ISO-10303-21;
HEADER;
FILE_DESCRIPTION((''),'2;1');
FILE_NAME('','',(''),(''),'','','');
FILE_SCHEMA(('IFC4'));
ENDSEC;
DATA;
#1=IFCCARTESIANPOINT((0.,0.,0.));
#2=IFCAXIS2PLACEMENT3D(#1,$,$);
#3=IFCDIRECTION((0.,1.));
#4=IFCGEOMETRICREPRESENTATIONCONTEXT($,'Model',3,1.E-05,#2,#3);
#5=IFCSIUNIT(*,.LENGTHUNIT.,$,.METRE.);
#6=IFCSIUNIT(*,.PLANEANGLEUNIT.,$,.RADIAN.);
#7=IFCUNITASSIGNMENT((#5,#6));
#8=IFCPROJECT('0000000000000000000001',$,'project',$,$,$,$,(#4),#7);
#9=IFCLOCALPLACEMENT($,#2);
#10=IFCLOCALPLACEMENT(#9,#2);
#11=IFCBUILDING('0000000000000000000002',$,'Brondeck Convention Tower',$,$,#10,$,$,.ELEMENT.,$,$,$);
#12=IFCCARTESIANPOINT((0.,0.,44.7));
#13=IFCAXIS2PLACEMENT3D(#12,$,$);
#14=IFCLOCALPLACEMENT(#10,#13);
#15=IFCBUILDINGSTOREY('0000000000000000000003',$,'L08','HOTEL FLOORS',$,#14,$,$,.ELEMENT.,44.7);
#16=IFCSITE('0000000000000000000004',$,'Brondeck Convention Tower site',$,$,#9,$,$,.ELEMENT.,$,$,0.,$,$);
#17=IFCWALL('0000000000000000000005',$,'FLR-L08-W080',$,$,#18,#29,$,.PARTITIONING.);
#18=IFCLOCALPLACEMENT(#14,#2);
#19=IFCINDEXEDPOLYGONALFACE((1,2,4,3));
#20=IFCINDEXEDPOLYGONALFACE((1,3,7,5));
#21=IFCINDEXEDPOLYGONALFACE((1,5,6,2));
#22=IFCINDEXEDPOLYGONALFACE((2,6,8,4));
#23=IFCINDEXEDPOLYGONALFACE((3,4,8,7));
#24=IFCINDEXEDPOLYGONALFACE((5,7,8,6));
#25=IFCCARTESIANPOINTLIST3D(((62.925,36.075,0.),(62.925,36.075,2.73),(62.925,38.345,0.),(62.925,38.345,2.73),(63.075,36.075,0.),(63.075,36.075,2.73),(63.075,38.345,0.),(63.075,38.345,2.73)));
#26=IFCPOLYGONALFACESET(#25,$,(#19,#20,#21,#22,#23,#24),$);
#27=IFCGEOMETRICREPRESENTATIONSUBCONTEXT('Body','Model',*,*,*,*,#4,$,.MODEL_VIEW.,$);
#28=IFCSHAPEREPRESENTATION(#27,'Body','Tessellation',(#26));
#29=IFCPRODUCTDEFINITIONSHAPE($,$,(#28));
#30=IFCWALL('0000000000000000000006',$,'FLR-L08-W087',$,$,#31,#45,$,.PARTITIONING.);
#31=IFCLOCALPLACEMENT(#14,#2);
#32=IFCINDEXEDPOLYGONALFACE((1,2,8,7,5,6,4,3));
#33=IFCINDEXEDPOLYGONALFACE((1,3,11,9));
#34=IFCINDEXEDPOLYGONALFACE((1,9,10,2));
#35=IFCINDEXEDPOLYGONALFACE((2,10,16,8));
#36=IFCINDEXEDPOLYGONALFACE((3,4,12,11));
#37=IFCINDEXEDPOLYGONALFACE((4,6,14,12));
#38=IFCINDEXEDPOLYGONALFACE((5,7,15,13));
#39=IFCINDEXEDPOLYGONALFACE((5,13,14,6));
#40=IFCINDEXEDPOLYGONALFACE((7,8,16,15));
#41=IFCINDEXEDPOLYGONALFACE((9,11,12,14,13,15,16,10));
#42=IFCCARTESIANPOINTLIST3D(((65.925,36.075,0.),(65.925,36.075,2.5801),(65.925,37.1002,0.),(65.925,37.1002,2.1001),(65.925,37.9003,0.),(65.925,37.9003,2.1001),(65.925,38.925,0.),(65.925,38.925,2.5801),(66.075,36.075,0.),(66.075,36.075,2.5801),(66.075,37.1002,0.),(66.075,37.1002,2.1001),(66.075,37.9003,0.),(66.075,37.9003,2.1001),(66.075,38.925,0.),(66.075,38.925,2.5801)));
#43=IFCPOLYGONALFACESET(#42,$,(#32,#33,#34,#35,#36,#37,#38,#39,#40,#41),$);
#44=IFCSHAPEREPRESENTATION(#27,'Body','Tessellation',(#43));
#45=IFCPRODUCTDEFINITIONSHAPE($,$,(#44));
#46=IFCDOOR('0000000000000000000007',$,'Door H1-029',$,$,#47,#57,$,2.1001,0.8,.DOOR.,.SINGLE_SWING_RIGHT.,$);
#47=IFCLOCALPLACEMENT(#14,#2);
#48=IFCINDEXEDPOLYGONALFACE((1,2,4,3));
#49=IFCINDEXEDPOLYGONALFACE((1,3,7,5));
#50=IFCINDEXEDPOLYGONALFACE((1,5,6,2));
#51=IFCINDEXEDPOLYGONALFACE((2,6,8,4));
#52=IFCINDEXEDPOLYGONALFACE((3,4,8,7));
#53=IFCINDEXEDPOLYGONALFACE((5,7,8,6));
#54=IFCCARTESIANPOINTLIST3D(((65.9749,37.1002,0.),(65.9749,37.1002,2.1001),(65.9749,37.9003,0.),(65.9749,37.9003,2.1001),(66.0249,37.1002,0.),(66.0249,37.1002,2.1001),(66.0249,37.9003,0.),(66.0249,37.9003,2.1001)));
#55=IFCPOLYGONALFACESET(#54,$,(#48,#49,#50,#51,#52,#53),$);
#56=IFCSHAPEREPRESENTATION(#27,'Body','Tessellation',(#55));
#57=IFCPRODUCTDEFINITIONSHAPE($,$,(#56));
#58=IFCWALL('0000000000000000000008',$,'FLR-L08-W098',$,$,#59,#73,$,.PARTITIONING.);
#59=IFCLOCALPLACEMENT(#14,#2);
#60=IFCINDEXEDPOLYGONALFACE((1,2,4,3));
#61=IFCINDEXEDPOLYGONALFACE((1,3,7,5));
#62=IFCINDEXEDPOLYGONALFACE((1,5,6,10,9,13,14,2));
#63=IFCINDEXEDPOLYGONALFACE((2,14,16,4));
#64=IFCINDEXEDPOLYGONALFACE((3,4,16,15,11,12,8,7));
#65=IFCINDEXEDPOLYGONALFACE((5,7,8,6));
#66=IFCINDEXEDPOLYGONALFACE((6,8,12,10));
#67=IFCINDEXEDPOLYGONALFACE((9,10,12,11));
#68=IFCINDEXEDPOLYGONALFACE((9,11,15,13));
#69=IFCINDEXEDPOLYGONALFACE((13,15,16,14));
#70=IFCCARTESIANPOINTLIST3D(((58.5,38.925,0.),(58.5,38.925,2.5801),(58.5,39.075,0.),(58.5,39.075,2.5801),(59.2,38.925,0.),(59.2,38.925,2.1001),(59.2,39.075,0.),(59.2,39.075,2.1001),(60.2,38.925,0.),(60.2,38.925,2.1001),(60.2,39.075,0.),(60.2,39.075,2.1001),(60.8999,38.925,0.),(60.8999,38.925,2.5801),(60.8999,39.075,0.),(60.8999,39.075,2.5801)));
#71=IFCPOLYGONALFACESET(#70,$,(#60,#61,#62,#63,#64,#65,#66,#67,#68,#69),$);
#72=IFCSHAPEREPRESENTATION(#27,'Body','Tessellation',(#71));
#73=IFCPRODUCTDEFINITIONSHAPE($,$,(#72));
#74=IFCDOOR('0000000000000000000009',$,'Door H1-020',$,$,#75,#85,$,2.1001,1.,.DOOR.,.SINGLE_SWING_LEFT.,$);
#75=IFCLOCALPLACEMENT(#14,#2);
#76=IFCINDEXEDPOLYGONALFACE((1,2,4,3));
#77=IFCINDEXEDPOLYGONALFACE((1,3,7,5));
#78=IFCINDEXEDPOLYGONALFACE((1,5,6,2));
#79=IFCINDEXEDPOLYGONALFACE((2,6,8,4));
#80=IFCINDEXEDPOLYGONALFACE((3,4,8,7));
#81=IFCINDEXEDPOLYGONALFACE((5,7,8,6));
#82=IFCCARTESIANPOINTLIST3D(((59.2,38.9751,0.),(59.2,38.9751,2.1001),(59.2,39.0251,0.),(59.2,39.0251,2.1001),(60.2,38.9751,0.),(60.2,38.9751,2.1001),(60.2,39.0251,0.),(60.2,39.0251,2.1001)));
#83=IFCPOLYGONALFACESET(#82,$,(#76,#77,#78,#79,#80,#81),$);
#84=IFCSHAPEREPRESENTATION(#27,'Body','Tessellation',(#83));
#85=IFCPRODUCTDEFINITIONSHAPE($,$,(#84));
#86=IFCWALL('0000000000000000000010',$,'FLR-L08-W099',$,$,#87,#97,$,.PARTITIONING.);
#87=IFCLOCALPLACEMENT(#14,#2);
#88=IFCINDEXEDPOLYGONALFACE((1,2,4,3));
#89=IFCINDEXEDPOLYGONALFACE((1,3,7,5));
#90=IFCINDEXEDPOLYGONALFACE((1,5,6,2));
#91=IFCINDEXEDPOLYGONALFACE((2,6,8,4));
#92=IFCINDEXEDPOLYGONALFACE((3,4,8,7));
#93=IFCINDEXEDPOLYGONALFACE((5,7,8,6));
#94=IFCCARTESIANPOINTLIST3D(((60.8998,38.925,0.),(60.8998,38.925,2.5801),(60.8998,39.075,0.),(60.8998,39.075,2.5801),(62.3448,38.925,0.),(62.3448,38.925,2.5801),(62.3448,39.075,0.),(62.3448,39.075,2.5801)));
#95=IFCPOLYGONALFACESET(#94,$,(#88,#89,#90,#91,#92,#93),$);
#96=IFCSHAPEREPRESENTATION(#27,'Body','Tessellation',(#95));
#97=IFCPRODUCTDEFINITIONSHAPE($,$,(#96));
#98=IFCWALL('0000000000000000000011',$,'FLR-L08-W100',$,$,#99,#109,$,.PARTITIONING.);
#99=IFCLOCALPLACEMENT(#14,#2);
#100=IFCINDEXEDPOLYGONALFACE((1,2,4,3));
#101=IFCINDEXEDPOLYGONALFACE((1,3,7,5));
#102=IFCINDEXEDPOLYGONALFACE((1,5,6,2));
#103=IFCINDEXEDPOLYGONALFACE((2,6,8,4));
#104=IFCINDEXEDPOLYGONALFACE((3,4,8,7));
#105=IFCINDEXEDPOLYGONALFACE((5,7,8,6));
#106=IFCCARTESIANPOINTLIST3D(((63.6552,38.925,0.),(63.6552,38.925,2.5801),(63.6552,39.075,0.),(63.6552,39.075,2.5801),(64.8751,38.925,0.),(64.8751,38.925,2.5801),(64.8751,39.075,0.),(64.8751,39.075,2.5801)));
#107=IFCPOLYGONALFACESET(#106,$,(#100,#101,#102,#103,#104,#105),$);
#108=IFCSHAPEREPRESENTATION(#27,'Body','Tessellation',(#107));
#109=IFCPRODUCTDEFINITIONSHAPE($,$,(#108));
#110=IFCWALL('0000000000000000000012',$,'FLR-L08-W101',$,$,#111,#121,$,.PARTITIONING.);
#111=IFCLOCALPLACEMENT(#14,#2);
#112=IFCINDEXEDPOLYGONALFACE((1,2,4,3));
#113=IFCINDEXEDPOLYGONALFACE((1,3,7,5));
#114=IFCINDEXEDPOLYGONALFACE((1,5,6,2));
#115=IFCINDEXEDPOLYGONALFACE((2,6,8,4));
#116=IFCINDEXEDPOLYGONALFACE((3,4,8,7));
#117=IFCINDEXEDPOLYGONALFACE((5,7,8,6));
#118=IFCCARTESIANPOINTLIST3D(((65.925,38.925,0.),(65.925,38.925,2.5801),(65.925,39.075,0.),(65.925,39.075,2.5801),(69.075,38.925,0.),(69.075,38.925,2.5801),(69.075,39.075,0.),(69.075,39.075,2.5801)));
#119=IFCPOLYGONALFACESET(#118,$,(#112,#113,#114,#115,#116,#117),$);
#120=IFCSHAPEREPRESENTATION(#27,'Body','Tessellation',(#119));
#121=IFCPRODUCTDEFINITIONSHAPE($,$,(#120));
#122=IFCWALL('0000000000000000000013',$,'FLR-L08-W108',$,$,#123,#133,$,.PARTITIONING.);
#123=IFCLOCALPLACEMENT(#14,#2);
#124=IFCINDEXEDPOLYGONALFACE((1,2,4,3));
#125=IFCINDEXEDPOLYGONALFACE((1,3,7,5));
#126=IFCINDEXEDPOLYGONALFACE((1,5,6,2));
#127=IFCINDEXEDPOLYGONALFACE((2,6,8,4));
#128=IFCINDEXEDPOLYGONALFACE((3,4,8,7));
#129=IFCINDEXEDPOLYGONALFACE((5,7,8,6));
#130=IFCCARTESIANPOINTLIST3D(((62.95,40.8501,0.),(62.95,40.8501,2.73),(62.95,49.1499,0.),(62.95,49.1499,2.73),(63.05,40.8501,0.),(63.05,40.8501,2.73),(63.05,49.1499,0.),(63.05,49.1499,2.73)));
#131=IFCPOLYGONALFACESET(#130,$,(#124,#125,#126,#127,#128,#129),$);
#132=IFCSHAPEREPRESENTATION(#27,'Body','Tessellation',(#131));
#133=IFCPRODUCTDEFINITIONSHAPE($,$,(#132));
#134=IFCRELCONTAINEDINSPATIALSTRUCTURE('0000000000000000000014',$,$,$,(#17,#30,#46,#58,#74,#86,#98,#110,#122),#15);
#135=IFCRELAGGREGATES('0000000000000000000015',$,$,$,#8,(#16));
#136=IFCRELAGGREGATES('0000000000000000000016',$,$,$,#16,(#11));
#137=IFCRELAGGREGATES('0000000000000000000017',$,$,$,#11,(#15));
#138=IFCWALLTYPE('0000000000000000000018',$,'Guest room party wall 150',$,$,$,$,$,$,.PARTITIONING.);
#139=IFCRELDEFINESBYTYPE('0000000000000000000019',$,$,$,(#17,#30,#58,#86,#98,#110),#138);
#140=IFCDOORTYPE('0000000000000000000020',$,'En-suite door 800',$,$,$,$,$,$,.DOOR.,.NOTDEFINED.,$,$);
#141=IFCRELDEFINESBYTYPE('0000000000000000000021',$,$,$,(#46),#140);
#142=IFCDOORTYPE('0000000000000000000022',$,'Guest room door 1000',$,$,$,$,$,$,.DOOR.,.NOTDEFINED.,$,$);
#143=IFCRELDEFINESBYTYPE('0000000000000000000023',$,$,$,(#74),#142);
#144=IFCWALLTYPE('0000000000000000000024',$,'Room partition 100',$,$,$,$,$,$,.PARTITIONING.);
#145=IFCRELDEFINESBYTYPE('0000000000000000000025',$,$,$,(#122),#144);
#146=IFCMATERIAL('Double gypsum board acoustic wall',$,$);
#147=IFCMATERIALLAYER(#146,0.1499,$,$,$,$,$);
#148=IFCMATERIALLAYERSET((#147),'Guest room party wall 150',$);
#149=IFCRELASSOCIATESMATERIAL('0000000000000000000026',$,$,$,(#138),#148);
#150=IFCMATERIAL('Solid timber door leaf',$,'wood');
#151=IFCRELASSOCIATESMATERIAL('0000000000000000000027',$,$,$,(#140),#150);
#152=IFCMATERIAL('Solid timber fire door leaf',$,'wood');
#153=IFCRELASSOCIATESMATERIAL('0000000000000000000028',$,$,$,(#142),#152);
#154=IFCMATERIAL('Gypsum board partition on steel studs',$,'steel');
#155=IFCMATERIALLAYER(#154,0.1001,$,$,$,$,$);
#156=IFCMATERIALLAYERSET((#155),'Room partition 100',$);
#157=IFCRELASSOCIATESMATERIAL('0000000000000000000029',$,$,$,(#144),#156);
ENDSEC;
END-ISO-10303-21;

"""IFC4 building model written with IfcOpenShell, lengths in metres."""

from ifc_helpers import new_model, si_unit, direction, frame, frame_2d, origin, place, context, subcontext, project, spatial, rectangle, extrude, material, layer, layer_set, type_object, element, fill, save


model = new_model("IFC4")

# Units and contexts
model_context = context("Model", 3, precision=1e-05, world=origin(), true_north=direction((0.0, 1.0)))
body_context = subcontext(model_context, "Body", "Model", "MODEL_VIEW")
ifc_project = project(units=[si_unit("LENGTHUNIT", "METRE"), si_unit("PLANEANGLEUNIT", "RADIAN")], contexts=[model_context])

# Site, building, storey
site_placement = place(None, origin())
site = spatial("IfcSite", under=ifc_project, at=site_placement, Name="Brondeck Convention Tower site", CompositionType="ELEMENT", RefElevation=0.0)
building_placement = place(site_placement, origin())
building = spatial("IfcBuilding", under=site, at=building_placement, Name="Brondeck Convention Tower", CompositionType="ELEMENT")
storey_placement = place(building_placement, frame((0.0, 0.0, 44.7)))
storey = spatial("IfcBuildingStorey", under=building, at=storey_placement, Name="L08", Description="HOTEL FLOORS", CompositionType="ELEMENT", Elevation=44.7)

# Wall
ifc_material_1 = material(Name="Double gypsum board acoustic wall")
ifc_layer_1 = layer(ifc_material_1, 0.1499)
ifc_layer_set_1 = layer_set([ifc_layer_1], Name="Guest room party wall 150")
wall_type_1 = type_object("IfcWallType", Name="Guest room party wall 150", PredefinedType="PARTITIONING", material=ifc_layer_set_1)
wall_1_placement = place(storey_placement, frame((63.0, 38.345, 0.0), z_axis=(0.0, 0.0, 1.0), x_axis=(0.0, -1.0, 0.0)))
element("IfcWall", 1, at=wall_1_placement, inside=storey, type_object=wall_type_1, Name="FLR-L08-W080", PredefinedType="PARTITIONING", context=body_context, shape_type="SweptSolid", body=[
    extrude(rectangle(XDim=2.27, YDim=0.1499, at=frame_2d((1.135, 0.0))), origin(), (0.0, 0.0, 1.0), 2.73),
])

# Walls, openings, doors
wall_2_placement = place(storey_placement, frame((66.0, 38.925, 0.0), z_axis=(0.0, 0.0, 1.0), x_axis=(0.0, -1.0, 0.0)))
wall_2 = element("IfcWall", 2, at=wall_2_placement, inside=storey, type_object=wall_type_1, Name="FLR-L08-W087", PredefinedType="PARTITIONING", context=body_context, shape_type="SweptSolid", body=[
    extrude(rectangle(XDim=2.8501, YDim=0.1499, at=frame_2d((1.425, 0.0))), origin(), (0.0, 0.0, 1.0), 2.5801),
])
opening_1_placement = place(wall_2_placement, frame((1.0249, 0.0, 0.0)))
opening_1 = element("IfcOpeningElement", 3, at=opening_1_placement, cuts=wall_2, PredefinedType="OPENING", context=body_context, shape_type="SweptSolid", body=[
    extrude(rectangle(XDim=0.8, YDim=2.1001, at=frame_2d((0.3999, 1.05))), frame((0.0, 0.085, 0.0), z_axis=(0.0, -1.0, 0.0), x_axis=(1.0, 0.0, 0.0)), (0.0, 0.0, 1.0), 0.1699),
])
ifc_material_2 = material(Name="Solid timber door leaf", Category="wood")
door_type_1 = type_object("IfcDoorType", Name="En-suite door 800", OperationType="NOTDEFINED", PredefinedType="DOOR", material=ifc_material_2)
door_1_placement = place(opening_1_placement, origin())
door_1 = element("IfcDoor", 4, at=door_1_placement, inside=storey, type_object=door_type_1, Name="Door H1-029", OperationType="SINGLE_SWING_RIGHT", OverallHeight=2.1001, OverallWidth=0.8, PredefinedType="DOOR", context=body_context, shape_type="SweptSolid", body=[
    extrude(rectangle(XDim=0.8, YDim=2.1001, at=frame_2d((0.3999, 1.05))), frame((0.0, 0.0249, 0.0), z_axis=(0.0, -1.0, 0.0), x_axis=(1.0, 0.0, 0.0)), (0.0, 0.0, 1.0), 0.05),
])
fill(opening_1, door_1)
wall_3_placement = place(storey_placement, frame((60.8999, 39.0, 0.0), z_axis=(0.0, 0.0, 1.0), x_axis=(-1.0, 0.0, 0.0)))
wall_3 = element("IfcWall", 5, at=wall_3_placement, inside=storey, type_object=wall_type_1, Name="FLR-L08-W098", PredefinedType="PARTITIONING", context=body_context, shape_type="SweptSolid", body=[
    extrude(rectangle(XDim=2.3999, YDim=0.1499, at=frame_2d((1.2, 0.0))), origin(), (0.0, 0.0, 1.0), 2.5801),
])
opening_2_placement = place(wall_3_placement, frame((0.7, 0.0, 0.0)))
opening_2 = element("IfcOpeningElement", 6, at=opening_2_placement, cuts=wall_3, PredefinedType="OPENING", context=body_context, shape_type="SweptSolid", body=[
    extrude(rectangle(XDim=1.0, YDim=2.1001, at=frame_2d((0.5, 1.05))), frame((0.0, 0.085, 0.0), z_axis=(0.0, -1.0, 0.0), x_axis=(1.0, 0.0, 0.0)), (0.0, 0.0, 1.0), 0.1699),
])
ifc_material_3 = material(Name="Solid timber fire door leaf", Category="wood")
door_type_2 = type_object("IfcDoorType", Name="Guest room door 1000", OperationType="NOTDEFINED", PredefinedType="DOOR", material=ifc_material_3)
door_2_placement = place(opening_2_placement, origin())
door_2 = element("IfcDoor", 7, at=door_2_placement, inside=storey, type_object=door_type_2, Name="Door H1-020", OperationType="SINGLE_SWING_LEFT", OverallHeight=2.1001, OverallWidth=1.0, PredefinedType="DOOR", context=body_context, shape_type="SweptSolid", body=[
    extrude(rectangle(XDim=1.0, YDim=2.1001, at=frame_2d((0.5, 1.05))), frame((0.0, 0.0249, 0.0), z_axis=(0.0, -1.0, 0.0), x_axis=(1.0, 0.0, 0.0)), (0.0, 0.0, 1.0), 0.05),
])
fill(opening_2, door_2)

# Walls
wall_4_placement = place(storey_placement, frame((62.345, 39.0, 0.0), z_axis=(0.0, 0.0, 1.0), x_axis=(-1.0, 0.0, 0.0)))
element("IfcWall", 8, at=wall_4_placement, inside=storey, type_object=wall_type_1, Name="FLR-L08-W099", PredefinedType="PARTITIONING", context=body_context, shape_type="SweptSolid", body=[
    extrude(rectangle(XDim=1.4451, YDim=0.1499, at=frame_2d((0.7227, 0.0))), origin(), (0.0, 0.0, 1.0), 2.5801),
])
wall_5_placement = place(storey_placement, frame((64.875, 39.0, 0.0), z_axis=(0.0, 0.0, 1.0), x_axis=(-1.0, 0.0, 0.0)))
element("IfcWall", 9, at=wall_5_placement, inside=storey, type_object=wall_type_1, Name="FLR-L08-W100", PredefinedType="PARTITIONING", context=body_context, shape_type="SweptSolid", body=[
    extrude(rectangle(XDim=1.22, YDim=0.1499, at=frame_2d((0.6099, 0.0))), origin(), (0.0, 0.0, 1.0), 2.5801),
])
wall_6_placement = place(storey_placement, frame((69.075, 39.0, 0.0), z_axis=(0.0, 0.0, 1.0), x_axis=(-1.0, 0.0, 0.0)))
element("IfcWall", 10, at=wall_6_placement, inside=storey, type_object=wall_type_1, Name="FLR-L08-W101", PredefinedType="PARTITIONING", context=body_context, shape_type="SweptSolid", body=[
    extrude(rectangle(XDim=3.1499, YDim=0.1499, at=frame_2d((1.575, 0.0))), origin(), (0.0, 0.0, 1.0), 2.5801),
])
ifc_material_4 = material(Name="Gypsum board partition on steel studs", Category="steel")
ifc_layer_2 = layer(ifc_material_4, 0.1001)
ifc_layer_set_2 = layer_set([ifc_layer_2], Name="Room partition 100")
wall_type_2 = type_object("IfcWallType", Name="Room partition 100", PredefinedType="PARTITIONING", material=ifc_layer_set_2)
wall_7_placement = place(storey_placement, frame((63.0, 40.8501, 0.0), z_axis=(0.0, 0.0, 1.0), x_axis=(0.0, 1.0, 0.0)))
element("IfcWall", 11, at=wall_7_placement, inside=storey, type_object=wall_type_2, Name="FLR-L08-W108", PredefinedType="PARTITIONING", context=body_context, shape_type="SweptSolid", body=[
    extrude(rectangle(XDim=8.2998, YDim=0.1001, at=frame_2d((4.1499, 0.0))), origin(), (0.0, 0.0, 1.0), 2.73),
])

save(model, "model.ifc")
